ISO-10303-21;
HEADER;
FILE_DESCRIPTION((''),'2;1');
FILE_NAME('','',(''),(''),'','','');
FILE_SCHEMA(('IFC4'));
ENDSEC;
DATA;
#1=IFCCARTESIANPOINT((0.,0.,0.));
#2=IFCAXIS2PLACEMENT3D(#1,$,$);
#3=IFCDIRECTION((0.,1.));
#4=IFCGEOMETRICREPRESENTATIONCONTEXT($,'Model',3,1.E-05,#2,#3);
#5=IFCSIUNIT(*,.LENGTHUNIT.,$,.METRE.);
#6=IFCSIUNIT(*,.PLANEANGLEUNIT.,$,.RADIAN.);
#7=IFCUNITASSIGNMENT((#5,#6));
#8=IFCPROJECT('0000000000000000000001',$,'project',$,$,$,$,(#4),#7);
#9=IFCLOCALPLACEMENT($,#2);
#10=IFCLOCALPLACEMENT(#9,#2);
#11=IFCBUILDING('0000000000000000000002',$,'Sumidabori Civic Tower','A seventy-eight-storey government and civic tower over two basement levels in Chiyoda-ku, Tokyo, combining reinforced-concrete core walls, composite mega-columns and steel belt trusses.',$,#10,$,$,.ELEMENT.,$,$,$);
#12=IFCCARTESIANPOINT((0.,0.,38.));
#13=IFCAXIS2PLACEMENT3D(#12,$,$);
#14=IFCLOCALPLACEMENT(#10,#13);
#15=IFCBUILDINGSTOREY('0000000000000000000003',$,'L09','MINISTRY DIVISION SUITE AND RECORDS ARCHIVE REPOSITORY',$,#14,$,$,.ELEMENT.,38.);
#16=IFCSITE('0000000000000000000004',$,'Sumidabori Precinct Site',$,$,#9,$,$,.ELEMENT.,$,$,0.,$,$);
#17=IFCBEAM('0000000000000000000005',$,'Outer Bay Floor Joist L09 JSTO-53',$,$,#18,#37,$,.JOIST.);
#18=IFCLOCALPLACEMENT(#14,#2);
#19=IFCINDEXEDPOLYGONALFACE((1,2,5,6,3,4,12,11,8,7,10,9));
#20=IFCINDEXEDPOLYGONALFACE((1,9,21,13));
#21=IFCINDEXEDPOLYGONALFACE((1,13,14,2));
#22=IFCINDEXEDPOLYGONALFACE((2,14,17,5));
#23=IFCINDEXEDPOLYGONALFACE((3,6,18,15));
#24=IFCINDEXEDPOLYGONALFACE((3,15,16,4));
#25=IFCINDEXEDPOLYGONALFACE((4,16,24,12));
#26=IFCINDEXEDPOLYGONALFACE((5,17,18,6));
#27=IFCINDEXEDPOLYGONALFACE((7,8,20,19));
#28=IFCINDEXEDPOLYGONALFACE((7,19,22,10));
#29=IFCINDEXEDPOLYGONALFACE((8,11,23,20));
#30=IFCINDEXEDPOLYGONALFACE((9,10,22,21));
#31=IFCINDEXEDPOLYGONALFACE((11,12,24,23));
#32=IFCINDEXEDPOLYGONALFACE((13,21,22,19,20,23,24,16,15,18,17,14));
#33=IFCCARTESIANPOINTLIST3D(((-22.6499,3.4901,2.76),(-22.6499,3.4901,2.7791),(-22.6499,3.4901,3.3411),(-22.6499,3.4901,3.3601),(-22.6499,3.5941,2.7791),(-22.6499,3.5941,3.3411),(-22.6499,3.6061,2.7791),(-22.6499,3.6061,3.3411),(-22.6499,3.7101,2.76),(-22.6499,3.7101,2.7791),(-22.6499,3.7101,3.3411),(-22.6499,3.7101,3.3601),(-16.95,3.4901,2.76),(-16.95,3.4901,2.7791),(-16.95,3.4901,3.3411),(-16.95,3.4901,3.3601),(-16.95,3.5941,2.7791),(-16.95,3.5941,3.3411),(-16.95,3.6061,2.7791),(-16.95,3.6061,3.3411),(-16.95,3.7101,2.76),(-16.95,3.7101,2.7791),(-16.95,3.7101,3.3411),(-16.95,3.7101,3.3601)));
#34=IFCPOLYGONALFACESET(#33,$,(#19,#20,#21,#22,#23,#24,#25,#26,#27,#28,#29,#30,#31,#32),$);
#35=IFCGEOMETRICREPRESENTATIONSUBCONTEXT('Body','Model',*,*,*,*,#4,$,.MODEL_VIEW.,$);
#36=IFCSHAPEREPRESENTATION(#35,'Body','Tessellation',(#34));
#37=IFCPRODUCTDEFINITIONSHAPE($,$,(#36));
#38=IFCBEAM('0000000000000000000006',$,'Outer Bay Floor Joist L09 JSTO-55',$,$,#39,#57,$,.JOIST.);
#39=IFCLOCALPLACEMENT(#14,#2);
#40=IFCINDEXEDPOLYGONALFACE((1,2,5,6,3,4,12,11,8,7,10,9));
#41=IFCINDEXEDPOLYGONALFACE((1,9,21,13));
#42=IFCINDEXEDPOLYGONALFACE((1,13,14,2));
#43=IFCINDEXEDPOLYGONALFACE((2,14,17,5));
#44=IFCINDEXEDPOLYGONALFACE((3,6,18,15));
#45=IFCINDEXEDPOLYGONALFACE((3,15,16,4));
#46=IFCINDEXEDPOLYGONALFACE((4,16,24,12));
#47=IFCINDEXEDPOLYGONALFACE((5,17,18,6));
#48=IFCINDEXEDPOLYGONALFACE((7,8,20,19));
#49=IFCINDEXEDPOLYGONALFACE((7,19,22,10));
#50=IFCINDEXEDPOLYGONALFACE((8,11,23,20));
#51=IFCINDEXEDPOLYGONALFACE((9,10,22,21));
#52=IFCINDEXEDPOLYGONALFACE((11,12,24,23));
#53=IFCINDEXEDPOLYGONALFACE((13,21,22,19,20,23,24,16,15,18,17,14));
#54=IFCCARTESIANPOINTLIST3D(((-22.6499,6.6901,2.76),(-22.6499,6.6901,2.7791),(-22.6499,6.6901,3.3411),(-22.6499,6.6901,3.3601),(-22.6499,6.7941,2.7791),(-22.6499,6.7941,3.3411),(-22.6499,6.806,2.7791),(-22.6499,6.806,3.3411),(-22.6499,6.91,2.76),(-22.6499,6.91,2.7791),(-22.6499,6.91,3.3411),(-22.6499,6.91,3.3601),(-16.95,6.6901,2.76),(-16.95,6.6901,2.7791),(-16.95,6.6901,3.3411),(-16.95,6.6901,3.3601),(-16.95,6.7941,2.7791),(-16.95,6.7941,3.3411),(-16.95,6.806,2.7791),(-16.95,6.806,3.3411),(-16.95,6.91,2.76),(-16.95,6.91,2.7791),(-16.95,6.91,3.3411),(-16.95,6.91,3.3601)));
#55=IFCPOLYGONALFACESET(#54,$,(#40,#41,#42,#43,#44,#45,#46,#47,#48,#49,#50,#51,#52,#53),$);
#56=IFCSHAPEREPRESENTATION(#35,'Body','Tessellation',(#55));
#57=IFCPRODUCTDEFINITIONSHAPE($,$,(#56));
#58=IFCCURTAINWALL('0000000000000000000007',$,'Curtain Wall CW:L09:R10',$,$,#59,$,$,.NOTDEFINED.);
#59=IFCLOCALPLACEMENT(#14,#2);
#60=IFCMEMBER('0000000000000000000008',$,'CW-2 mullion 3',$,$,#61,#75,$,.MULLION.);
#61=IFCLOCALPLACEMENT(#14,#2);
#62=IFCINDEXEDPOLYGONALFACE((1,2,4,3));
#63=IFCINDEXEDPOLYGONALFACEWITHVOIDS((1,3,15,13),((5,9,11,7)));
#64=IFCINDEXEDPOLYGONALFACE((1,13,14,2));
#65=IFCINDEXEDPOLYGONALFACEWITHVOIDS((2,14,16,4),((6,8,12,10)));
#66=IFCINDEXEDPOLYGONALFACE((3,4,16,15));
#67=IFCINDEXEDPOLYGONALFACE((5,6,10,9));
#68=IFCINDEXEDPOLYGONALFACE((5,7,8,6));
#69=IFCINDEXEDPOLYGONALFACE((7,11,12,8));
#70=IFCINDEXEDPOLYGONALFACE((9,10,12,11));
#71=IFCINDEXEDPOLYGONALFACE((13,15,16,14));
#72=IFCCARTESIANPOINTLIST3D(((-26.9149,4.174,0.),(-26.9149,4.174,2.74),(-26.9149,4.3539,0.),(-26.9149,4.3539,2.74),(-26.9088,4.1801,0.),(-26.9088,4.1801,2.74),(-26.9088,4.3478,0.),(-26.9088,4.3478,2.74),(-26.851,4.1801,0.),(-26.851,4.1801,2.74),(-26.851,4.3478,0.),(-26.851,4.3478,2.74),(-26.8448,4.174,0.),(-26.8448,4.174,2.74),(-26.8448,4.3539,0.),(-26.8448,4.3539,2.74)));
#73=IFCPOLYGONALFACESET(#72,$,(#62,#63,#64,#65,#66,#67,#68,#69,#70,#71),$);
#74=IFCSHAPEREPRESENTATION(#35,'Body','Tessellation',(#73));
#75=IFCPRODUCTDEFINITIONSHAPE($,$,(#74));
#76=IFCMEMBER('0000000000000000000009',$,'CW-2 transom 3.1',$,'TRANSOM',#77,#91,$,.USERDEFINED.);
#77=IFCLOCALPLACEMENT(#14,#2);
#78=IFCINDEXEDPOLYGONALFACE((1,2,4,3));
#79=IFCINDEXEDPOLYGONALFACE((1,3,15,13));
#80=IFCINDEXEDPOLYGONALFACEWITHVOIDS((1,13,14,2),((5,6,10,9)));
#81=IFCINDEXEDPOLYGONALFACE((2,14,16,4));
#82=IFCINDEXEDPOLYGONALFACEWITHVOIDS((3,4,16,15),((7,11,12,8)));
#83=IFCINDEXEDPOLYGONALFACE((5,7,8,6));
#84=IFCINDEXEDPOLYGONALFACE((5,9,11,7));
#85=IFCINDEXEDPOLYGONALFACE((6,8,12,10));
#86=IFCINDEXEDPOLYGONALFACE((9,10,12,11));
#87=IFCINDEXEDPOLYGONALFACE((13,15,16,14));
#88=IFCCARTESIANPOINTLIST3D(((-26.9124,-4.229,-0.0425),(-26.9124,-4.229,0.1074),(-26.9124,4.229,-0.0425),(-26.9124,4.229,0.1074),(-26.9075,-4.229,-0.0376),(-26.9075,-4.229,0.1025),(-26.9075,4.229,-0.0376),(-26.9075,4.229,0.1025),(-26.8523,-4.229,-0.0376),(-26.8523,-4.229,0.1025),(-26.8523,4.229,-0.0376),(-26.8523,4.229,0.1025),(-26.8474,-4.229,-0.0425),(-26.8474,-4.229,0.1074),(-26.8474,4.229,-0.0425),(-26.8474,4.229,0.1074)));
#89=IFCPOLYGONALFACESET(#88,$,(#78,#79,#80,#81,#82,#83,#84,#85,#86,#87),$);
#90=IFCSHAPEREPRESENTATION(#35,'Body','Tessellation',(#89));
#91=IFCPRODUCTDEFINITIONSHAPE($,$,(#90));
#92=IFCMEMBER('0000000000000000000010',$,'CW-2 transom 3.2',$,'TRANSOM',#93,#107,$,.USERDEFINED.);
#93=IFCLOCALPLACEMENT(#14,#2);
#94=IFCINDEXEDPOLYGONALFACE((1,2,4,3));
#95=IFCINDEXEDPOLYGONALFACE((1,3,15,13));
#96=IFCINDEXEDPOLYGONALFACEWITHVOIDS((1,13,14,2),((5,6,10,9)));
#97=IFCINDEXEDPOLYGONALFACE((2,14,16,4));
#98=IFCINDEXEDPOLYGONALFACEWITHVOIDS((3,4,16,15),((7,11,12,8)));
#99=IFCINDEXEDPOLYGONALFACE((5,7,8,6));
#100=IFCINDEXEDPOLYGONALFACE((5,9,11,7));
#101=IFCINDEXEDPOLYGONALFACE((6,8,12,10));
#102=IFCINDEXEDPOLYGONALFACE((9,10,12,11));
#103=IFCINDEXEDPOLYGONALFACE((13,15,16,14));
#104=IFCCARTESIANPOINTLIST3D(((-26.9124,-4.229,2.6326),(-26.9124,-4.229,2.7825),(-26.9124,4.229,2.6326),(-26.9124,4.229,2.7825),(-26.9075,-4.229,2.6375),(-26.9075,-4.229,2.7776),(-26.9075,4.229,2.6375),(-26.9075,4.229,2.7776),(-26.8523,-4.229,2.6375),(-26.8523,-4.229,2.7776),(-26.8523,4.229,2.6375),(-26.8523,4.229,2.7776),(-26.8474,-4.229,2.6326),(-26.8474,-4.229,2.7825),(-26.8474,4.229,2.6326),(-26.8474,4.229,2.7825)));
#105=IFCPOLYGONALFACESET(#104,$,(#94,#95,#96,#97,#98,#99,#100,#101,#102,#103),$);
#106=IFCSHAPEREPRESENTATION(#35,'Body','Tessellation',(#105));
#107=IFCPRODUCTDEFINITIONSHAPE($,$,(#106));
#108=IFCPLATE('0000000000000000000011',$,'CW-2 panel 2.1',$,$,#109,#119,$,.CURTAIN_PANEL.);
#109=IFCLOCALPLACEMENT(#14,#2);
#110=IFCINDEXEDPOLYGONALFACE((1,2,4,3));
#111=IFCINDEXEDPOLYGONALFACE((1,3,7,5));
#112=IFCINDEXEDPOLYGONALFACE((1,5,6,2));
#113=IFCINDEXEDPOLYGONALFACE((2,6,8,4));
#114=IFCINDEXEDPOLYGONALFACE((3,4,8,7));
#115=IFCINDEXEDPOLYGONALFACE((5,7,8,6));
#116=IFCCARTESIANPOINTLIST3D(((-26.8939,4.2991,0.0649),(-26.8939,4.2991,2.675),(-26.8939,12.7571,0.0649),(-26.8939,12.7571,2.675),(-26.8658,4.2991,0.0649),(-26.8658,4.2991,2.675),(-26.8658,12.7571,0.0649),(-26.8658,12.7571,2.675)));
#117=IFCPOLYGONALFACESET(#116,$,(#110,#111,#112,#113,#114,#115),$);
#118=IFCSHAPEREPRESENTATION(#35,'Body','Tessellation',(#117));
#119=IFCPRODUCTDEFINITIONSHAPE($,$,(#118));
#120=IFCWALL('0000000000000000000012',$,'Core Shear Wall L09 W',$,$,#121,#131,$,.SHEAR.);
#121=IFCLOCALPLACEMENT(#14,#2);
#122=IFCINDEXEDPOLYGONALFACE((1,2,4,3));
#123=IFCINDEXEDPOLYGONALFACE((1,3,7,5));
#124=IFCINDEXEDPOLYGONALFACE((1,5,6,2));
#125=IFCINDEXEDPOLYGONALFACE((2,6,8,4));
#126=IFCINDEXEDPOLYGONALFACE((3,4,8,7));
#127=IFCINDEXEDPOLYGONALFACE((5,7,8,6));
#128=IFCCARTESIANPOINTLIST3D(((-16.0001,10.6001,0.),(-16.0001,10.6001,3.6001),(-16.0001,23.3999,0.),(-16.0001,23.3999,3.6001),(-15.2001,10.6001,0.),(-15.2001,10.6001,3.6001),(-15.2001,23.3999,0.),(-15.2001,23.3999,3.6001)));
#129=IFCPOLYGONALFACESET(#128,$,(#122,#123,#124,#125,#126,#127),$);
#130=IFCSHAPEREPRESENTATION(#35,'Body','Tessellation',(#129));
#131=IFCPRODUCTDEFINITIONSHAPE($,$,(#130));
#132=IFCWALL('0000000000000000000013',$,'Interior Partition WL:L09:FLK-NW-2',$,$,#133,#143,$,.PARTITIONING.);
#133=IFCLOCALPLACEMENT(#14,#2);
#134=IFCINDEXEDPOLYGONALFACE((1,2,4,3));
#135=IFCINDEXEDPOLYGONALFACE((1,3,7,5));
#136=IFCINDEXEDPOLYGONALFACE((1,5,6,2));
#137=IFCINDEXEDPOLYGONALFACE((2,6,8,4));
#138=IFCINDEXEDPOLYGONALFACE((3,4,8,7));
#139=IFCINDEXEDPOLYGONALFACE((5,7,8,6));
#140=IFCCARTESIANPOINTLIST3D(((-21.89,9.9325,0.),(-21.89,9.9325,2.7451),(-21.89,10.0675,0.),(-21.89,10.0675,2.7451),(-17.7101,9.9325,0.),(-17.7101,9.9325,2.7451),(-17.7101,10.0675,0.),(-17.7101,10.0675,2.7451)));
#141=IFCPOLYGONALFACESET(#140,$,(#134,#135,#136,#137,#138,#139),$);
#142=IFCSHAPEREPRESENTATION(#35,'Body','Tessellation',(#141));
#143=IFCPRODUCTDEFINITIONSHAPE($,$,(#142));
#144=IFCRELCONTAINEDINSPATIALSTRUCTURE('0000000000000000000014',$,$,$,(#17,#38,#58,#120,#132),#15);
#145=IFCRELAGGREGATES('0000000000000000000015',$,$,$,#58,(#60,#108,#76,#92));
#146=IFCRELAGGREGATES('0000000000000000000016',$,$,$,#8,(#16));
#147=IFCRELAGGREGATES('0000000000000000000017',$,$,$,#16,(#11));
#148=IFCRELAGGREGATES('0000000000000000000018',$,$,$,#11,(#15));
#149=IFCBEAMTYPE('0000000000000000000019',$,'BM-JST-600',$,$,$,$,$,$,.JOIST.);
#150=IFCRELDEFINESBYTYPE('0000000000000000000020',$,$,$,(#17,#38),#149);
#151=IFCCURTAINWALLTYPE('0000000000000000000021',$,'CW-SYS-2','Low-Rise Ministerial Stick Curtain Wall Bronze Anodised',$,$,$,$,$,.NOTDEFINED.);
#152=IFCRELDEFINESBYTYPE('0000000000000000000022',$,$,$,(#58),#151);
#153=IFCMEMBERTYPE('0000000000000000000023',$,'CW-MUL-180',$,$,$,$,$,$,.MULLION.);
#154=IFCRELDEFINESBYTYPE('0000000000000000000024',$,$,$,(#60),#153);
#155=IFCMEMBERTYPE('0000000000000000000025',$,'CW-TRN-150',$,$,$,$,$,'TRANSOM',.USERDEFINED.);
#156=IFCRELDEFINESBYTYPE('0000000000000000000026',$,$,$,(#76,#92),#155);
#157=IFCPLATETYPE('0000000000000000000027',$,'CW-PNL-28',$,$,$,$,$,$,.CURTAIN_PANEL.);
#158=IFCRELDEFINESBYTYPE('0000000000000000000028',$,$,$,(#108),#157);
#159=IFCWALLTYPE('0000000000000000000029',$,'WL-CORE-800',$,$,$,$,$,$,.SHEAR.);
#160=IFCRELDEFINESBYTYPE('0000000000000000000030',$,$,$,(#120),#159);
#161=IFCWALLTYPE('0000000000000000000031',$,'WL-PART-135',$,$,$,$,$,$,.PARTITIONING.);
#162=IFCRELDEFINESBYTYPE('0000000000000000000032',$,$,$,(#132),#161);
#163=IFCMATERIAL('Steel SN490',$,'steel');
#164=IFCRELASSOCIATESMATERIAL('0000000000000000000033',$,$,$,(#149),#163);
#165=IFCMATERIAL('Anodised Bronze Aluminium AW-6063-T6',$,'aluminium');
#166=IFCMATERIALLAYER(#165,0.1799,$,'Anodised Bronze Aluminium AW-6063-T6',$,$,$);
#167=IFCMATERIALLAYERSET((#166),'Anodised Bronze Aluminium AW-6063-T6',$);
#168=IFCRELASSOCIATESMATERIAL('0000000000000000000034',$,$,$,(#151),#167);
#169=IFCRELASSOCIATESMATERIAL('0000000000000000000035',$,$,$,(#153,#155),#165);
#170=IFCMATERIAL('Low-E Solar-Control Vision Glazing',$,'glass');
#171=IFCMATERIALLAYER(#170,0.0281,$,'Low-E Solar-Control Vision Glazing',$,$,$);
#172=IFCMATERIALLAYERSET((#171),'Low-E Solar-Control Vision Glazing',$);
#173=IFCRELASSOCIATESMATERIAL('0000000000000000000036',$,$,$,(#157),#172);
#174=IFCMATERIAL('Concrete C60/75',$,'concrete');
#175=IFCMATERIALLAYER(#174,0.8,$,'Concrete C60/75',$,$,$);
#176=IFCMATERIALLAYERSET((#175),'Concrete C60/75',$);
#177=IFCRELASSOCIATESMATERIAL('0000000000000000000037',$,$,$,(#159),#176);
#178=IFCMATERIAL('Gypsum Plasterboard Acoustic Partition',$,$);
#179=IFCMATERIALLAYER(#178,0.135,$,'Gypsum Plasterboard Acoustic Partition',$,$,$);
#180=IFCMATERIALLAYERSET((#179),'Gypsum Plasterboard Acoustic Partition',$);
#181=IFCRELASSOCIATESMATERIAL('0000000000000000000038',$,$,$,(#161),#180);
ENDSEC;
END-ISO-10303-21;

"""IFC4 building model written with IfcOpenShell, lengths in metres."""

from ifc_helpers import new_model, si_unit, direction, frame, frame_2d, origin, origin_2d, place, context, subcontext, project, spatial, rectangle, hollow_rectangle, i_section, extrude, source, transform, mapped, material, layer, layer_set, material_profile, profile_set, type_object, element, aggregate, save


model = new_model("IFC4")

# Units and contexts
model_context = context("Model", 3, precision=1e-05, world=origin(), true_north=direction((0.0, 1.0)))
body_context = subcontext(model_context, "Body", "Model", "MODEL_VIEW")
ifc_project = project(units=[si_unit("LENGTHUNIT", "METRE"), si_unit("PLANEANGLEUNIT", "RADIAN")], contexts=[model_context])

# Site, building, storey
site_placement = place(None, origin())
site = spatial("IfcSite", under=ifc_project, at=site_placement, Name="Sumidabori Precinct Site", CompositionType="ELEMENT", RefElevation=0.0)
building_placement = place(site_placement, origin())
building = spatial("IfcBuilding", under=site, at=building_placement, Name="Sumidabori Civic Tower", Description="A seventy-eight-storey government and civic tower over two basement levels in Chiyoda-ku, Tokyo, combining reinforced-concrete core walls, composite mega-columns and steel belt trusses.", CompositionType="ELEMENT")
storey_placement = place(building_placement, frame((0.0, 0.0, 38.0)))
storey = spatial("IfcBuildingStorey", under=building, at=storey_placement, Name="L09", Description="MINISTRY DIVISION SUITE AND RECORDS ARCHIVE REPOSITORY", CompositionType="ELEMENT", Elevation=38.0)

# Shared definitions
ifc_material_1 = material(Name="Concrete C60/75", Category="concrete")

# Beams
ifc_material_2 = material(Name="Steel SN490", Category="steel")
ifc_material_profile_1 = material_profile(ifc_material_2, i_section(OverallWidth=0.22, OverallDepth=0.6001, WebThickness=0.012, FlangeThickness=0.019, at=origin_2d()), Name="IPE 600")
ifc_profile_set_1 = profile_set([ifc_material_profile_1], Name="Steel SN490")
beam_type_1 = type_object("IfcBeamType", Name="BM-JST-600", PredefinedType="JOIST", material=ifc_profile_set_1)
shared_shape_1 = source(origin(), body_context, "Body", "SweptSolid", [
    extrude(i_section(OverallWidth=0.22, OverallDepth=0.6001, WebThickness=0.012, FlangeThickness=0.019, at=origin_2d()), origin(), (0.0, 0.0, 1.0), 5.7),
])
for number, where, z_axis, x_axis, name in (
    (1, (-22.6499, 3.6001, 3.0601), (1.0, 0.0, 0.0), (0.0, 1.0, 0.0), "Outer Bay Floor Joist L09 JSTO-53"),
    (2, (-22.6499, 6.8, 3.0601), (1.0, 0.0, 0.0), (0.0, 1.0, 0.0), "Outer Bay Floor Joist L09 JSTO-55"),
):
    element("IfcBeam", number, at=place(storey_placement, frame(where, z_axis=z_axis, x_axis=x_axis)), inside=storey, type_object=beam_type_1, Name=name, PredefinedType="JOIST", context=body_context, shape_type="MappedRepresentation", body=[
        mapped(shared_shape_1, transform((0.0, 0.0, 0.0), x_axis=(1.0, 0.0, 0.0), y_axis=(0.0, 1.0, 0.0), z_axis=(0.0, 0.0, 1.0), scale=1.0)),
    ])

# Curtain wall, members, plate
ifc_material_3 = material(Name="Anodised Bronze Aluminium AW-6063-T6", Category="aluminium")
ifc_layer_1 = layer(ifc_material_3, 0.1799, Name="Anodised Bronze Aluminium AW-6063-T6")
ifc_layer_set_1 = layer_set([ifc_layer_1], Name="Anodised Bronze Aluminium AW-6063-T6")
curtain_wall_type = type_object("IfcCurtainWallType", Name="CW-SYS-2", Description="Low-Rise Ministerial Stick Curtain Wall Bronze Anodised", PredefinedType="NOTDEFINED", material=ifc_layer_set_1)
curtain_wall_placement = place(storey_placement, origin())
curtain_wall = element("IfcCurtainWall", 3, at=curtain_wall_placement, inside=storey, type_object=curtain_wall_type, Name="Curtain Wall CW:L09:R10", PredefinedType="NOTDEFINED")
ifc_material_profile_2 = material_profile(ifc_material_3, hollow_rectangle(XDim=0.0701, YDim=0.1799, WallThickness=0.0061, at=origin_2d()), Name="ALU MULLION 180x70")
ifc_profile_set_2 = profile_set([ifc_material_profile_2], Name="Anodised Bronze Aluminium AW-6063-T6")
member_type_1 = type_object("IfcMemberType", Name="CW-MUL-180", PredefinedType="MULLION", material=ifc_profile_set_2)
shared_shape_2 = source(origin(), body_context, "Body", "SweptSolid", [
    extrude(hollow_rectangle(XDim=0.0701, YDim=0.1799, WallThickness=0.0061, at=origin_2d()), origin(), (0.0, 0.0, 1.0), 2.74),
])
member_1_placement = place(storey_placement, frame((-26.8799, 4.2639, 0.0), z_axis=(0.0, 0.0, 1.0), x_axis=(1.0, 0.0, 0.0)))
member_1 = element("IfcMember", 4, at=member_1_placement, type_object=member_type_1, Name="CW-2 mullion 3", PredefinedType="MULLION", context=body_context, shape_type="MappedRepresentation", body=[
    mapped(shared_shape_2, transform((0.0, 0.0, 0.0), x_axis=(1.0, 0.0, 0.0), y_axis=(0.0, 1.0, 0.0), z_axis=(0.0, 0.0, 1.0), scale=1.0)),
])
ifc_material_profile_3 = material_profile(ifc_material_3, hollow_rectangle(XDim=0.0649, YDim=0.1499, WallThickness=0.0049, at=origin_2d()), Name="ALU TRANSOM 150x65")
ifc_profile_set_3 = profile_set([ifc_material_profile_3], Name="Anodised Bronze Aluminium AW-6063-T6")
member_type_2 = type_object("IfcMemberType", Name="CW-TRN-150", ElementType="TRANSOM", PredefinedType="USERDEFINED", material=ifc_profile_set_3)
shared_shape_3 = source(origin(), body_context, "Body", "SweptSolid", [
    extrude(hollow_rectangle(XDim=0.0649, YDim=0.1499, WallThickness=0.0049, at=origin_2d()), origin(), (0.0, 0.0, 1.0), 8.458),
])
member_2_placement = place(storey_placement, frame((-26.8799, 4.229, 0.0325), z_axis=(0.0, -1.0, 0.0), x_axis=(1.0, 0.0, 0.0)))
member_2 = element("IfcMember", 5, at=member_2_placement, type_object=member_type_2, Name="CW-2 transom 3.1", ObjectType="TRANSOM", PredefinedType="USERDEFINED", context=body_context, shape_type="MappedRepresentation", body=[
    mapped(shared_shape_3, transform((0.0, 0.0, 0.0), x_axis=(1.0, 0.0, 0.0), y_axis=(0.0, 1.0, 0.0), z_axis=(0.0, 0.0, 1.0), scale=1.0)),
])
member_3_placement = place(storey_placement, frame((-26.8799, 4.229, 2.7075), z_axis=(0.0, -1.0, 0.0), x_axis=(1.0, 0.0, 0.0)))
member_3 = element("IfcMember", 6, at=member_3_placement, type_object=member_type_2, Name="CW-2 transom 3.2", ObjectType="TRANSOM", PredefinedType="USERDEFINED", context=body_context, shape_type="MappedRepresentation", body=[
    mapped(shared_shape_3, transform((0.0, 0.0, 0.0), x_axis=(1.0, 0.0, 0.0), y_axis=(0.0, 1.0, 0.0), z_axis=(0.0, 0.0, 1.0), scale=1.0)),
])
ifc_material_4 = material(Name="Low-E Solar-Control Vision Glazing", Category="glass")
ifc_layer_2 = layer(ifc_material_4, 0.0281, Name="Low-E Solar-Control Vision Glazing")
ifc_layer_set_2 = layer_set([ifc_layer_2], Name="Low-E Solar-Control Vision Glazing")
plate_type = type_object("IfcPlateType", Name="CW-PNL-28", PredefinedType="CURTAIN_PANEL", material=ifc_layer_set_2)
shared_shape_4 = source(origin(), body_context, "Body", "SweptSolid", [
    extrude(rectangle(XDim=8.458, YDim=0.0281, at=origin_2d()), origin(), (0.0, 0.0, 1.0), 2.6101),
])
plate_placement = place(storey_placement, frame((-26.8799, 8.5281, 0.0649), z_axis=(0.0, 0.0, 1.0), x_axis=(0.0, -1.0, 0.0)))
plate = element("IfcPlate", 7, at=plate_placement, type_object=plate_type, Name="CW-2 panel 2.1", PredefinedType="CURTAIN_PANEL", context=body_context, shape_type="MappedRepresentation", body=[
    mapped(shared_shape_4, transform((0.0, 0.0, 0.0), x_axis=(1.0, 0.0, 0.0), y_axis=(0.0, 1.0, 0.0), z_axis=(0.0, 0.0, 1.0), scale=1.0)),
])
aggregate(curtain_wall, [member_1, plate, member_2, member_3])

# Shared definitions
ifc_layer_3 = layer(ifc_material_1, 0.8, Name="Concrete C60/75")
ifc_layer_set_3 = layer_set([ifc_layer_3], Name="Concrete C60/75")
wall_type_1 = type_object("IfcWallType", Name="WL-CORE-800", PredefinedType="SHEAR", material=ifc_layer_set_3)

# Wall
shared_shape_5 = source(origin(), body_context, "Body", "SweptSolid", [
    extrude(rectangle(XDim=12.7998, YDim=0.8, at=frame_2d((6.3999, 0.0))), origin(), (0.0, 0.0, 1.0), 3.6001),
])
wall_1_placement = place(storey_placement, frame((-15.6001, 10.6001, 0.0), z_axis=(0.0, 0.0, 1.0), x_axis=(0.0, 1.0, 0.0)))
element("IfcWall", 8, at=wall_1_placement, inside=storey, type_object=wall_type_1, Name="Core Shear Wall L09 W", PredefinedType="SHEAR", context=body_context, shape_type="MappedRepresentation", body=[
    mapped(shared_shape_5, transform((0.0, 0.0, 0.0), x_axis=(1.0, 0.0, 0.0), y_axis=(0.0, 1.0, 0.0), z_axis=(0.0, 0.0, 1.0), scale=1.0)),
])

# Shared definitions
ifc_material_5 = material(Name="Gypsum Plasterboard Acoustic Partition")
ifc_layer_4 = layer(ifc_material_5, 0.135, Name="Gypsum Plasterboard Acoustic Partition")
ifc_layer_set_4 = layer_set([ifc_layer_4], Name="Gypsum Plasterboard Acoustic Partition")
wall_type_2 = type_object("IfcWallType", Name="WL-PART-135", PredefinedType="PARTITIONING", material=ifc_layer_set_4)

# Wall
shared_shape_6 = source(origin(), body_context, "Body", "SweptSolid", [
    extrude(rectangle(XDim=4.1799, YDim=0.135, at=frame_2d((2.0898, 0.0))), origin(), (0.0, 0.0, 1.0), 2.7451),
])
wall_2_placement = place(storey_placement, frame((-21.8899, 10.0, 0.0), z_axis=(0.0, 0.0, 1.0), x_axis=(1.0, 0.0, 0.0)))
element("IfcWall", 9, at=wall_2_placement, inside=storey, type_object=wall_type_2, Name="Interior Partition WL:L09:FLK-NW-2", PredefinedType="PARTITIONING", context=body_context, shape_type="MappedRepresentation", body=[
    mapped(shared_shape_6, transform((0.0, 0.0, 0.0), x_axis=(1.0, 0.0, 0.0), y_axis=(0.0, 1.0, 0.0), z_axis=(0.0, 0.0, 1.0), scale=1.0)),
])

save(model, "model.ifc")
